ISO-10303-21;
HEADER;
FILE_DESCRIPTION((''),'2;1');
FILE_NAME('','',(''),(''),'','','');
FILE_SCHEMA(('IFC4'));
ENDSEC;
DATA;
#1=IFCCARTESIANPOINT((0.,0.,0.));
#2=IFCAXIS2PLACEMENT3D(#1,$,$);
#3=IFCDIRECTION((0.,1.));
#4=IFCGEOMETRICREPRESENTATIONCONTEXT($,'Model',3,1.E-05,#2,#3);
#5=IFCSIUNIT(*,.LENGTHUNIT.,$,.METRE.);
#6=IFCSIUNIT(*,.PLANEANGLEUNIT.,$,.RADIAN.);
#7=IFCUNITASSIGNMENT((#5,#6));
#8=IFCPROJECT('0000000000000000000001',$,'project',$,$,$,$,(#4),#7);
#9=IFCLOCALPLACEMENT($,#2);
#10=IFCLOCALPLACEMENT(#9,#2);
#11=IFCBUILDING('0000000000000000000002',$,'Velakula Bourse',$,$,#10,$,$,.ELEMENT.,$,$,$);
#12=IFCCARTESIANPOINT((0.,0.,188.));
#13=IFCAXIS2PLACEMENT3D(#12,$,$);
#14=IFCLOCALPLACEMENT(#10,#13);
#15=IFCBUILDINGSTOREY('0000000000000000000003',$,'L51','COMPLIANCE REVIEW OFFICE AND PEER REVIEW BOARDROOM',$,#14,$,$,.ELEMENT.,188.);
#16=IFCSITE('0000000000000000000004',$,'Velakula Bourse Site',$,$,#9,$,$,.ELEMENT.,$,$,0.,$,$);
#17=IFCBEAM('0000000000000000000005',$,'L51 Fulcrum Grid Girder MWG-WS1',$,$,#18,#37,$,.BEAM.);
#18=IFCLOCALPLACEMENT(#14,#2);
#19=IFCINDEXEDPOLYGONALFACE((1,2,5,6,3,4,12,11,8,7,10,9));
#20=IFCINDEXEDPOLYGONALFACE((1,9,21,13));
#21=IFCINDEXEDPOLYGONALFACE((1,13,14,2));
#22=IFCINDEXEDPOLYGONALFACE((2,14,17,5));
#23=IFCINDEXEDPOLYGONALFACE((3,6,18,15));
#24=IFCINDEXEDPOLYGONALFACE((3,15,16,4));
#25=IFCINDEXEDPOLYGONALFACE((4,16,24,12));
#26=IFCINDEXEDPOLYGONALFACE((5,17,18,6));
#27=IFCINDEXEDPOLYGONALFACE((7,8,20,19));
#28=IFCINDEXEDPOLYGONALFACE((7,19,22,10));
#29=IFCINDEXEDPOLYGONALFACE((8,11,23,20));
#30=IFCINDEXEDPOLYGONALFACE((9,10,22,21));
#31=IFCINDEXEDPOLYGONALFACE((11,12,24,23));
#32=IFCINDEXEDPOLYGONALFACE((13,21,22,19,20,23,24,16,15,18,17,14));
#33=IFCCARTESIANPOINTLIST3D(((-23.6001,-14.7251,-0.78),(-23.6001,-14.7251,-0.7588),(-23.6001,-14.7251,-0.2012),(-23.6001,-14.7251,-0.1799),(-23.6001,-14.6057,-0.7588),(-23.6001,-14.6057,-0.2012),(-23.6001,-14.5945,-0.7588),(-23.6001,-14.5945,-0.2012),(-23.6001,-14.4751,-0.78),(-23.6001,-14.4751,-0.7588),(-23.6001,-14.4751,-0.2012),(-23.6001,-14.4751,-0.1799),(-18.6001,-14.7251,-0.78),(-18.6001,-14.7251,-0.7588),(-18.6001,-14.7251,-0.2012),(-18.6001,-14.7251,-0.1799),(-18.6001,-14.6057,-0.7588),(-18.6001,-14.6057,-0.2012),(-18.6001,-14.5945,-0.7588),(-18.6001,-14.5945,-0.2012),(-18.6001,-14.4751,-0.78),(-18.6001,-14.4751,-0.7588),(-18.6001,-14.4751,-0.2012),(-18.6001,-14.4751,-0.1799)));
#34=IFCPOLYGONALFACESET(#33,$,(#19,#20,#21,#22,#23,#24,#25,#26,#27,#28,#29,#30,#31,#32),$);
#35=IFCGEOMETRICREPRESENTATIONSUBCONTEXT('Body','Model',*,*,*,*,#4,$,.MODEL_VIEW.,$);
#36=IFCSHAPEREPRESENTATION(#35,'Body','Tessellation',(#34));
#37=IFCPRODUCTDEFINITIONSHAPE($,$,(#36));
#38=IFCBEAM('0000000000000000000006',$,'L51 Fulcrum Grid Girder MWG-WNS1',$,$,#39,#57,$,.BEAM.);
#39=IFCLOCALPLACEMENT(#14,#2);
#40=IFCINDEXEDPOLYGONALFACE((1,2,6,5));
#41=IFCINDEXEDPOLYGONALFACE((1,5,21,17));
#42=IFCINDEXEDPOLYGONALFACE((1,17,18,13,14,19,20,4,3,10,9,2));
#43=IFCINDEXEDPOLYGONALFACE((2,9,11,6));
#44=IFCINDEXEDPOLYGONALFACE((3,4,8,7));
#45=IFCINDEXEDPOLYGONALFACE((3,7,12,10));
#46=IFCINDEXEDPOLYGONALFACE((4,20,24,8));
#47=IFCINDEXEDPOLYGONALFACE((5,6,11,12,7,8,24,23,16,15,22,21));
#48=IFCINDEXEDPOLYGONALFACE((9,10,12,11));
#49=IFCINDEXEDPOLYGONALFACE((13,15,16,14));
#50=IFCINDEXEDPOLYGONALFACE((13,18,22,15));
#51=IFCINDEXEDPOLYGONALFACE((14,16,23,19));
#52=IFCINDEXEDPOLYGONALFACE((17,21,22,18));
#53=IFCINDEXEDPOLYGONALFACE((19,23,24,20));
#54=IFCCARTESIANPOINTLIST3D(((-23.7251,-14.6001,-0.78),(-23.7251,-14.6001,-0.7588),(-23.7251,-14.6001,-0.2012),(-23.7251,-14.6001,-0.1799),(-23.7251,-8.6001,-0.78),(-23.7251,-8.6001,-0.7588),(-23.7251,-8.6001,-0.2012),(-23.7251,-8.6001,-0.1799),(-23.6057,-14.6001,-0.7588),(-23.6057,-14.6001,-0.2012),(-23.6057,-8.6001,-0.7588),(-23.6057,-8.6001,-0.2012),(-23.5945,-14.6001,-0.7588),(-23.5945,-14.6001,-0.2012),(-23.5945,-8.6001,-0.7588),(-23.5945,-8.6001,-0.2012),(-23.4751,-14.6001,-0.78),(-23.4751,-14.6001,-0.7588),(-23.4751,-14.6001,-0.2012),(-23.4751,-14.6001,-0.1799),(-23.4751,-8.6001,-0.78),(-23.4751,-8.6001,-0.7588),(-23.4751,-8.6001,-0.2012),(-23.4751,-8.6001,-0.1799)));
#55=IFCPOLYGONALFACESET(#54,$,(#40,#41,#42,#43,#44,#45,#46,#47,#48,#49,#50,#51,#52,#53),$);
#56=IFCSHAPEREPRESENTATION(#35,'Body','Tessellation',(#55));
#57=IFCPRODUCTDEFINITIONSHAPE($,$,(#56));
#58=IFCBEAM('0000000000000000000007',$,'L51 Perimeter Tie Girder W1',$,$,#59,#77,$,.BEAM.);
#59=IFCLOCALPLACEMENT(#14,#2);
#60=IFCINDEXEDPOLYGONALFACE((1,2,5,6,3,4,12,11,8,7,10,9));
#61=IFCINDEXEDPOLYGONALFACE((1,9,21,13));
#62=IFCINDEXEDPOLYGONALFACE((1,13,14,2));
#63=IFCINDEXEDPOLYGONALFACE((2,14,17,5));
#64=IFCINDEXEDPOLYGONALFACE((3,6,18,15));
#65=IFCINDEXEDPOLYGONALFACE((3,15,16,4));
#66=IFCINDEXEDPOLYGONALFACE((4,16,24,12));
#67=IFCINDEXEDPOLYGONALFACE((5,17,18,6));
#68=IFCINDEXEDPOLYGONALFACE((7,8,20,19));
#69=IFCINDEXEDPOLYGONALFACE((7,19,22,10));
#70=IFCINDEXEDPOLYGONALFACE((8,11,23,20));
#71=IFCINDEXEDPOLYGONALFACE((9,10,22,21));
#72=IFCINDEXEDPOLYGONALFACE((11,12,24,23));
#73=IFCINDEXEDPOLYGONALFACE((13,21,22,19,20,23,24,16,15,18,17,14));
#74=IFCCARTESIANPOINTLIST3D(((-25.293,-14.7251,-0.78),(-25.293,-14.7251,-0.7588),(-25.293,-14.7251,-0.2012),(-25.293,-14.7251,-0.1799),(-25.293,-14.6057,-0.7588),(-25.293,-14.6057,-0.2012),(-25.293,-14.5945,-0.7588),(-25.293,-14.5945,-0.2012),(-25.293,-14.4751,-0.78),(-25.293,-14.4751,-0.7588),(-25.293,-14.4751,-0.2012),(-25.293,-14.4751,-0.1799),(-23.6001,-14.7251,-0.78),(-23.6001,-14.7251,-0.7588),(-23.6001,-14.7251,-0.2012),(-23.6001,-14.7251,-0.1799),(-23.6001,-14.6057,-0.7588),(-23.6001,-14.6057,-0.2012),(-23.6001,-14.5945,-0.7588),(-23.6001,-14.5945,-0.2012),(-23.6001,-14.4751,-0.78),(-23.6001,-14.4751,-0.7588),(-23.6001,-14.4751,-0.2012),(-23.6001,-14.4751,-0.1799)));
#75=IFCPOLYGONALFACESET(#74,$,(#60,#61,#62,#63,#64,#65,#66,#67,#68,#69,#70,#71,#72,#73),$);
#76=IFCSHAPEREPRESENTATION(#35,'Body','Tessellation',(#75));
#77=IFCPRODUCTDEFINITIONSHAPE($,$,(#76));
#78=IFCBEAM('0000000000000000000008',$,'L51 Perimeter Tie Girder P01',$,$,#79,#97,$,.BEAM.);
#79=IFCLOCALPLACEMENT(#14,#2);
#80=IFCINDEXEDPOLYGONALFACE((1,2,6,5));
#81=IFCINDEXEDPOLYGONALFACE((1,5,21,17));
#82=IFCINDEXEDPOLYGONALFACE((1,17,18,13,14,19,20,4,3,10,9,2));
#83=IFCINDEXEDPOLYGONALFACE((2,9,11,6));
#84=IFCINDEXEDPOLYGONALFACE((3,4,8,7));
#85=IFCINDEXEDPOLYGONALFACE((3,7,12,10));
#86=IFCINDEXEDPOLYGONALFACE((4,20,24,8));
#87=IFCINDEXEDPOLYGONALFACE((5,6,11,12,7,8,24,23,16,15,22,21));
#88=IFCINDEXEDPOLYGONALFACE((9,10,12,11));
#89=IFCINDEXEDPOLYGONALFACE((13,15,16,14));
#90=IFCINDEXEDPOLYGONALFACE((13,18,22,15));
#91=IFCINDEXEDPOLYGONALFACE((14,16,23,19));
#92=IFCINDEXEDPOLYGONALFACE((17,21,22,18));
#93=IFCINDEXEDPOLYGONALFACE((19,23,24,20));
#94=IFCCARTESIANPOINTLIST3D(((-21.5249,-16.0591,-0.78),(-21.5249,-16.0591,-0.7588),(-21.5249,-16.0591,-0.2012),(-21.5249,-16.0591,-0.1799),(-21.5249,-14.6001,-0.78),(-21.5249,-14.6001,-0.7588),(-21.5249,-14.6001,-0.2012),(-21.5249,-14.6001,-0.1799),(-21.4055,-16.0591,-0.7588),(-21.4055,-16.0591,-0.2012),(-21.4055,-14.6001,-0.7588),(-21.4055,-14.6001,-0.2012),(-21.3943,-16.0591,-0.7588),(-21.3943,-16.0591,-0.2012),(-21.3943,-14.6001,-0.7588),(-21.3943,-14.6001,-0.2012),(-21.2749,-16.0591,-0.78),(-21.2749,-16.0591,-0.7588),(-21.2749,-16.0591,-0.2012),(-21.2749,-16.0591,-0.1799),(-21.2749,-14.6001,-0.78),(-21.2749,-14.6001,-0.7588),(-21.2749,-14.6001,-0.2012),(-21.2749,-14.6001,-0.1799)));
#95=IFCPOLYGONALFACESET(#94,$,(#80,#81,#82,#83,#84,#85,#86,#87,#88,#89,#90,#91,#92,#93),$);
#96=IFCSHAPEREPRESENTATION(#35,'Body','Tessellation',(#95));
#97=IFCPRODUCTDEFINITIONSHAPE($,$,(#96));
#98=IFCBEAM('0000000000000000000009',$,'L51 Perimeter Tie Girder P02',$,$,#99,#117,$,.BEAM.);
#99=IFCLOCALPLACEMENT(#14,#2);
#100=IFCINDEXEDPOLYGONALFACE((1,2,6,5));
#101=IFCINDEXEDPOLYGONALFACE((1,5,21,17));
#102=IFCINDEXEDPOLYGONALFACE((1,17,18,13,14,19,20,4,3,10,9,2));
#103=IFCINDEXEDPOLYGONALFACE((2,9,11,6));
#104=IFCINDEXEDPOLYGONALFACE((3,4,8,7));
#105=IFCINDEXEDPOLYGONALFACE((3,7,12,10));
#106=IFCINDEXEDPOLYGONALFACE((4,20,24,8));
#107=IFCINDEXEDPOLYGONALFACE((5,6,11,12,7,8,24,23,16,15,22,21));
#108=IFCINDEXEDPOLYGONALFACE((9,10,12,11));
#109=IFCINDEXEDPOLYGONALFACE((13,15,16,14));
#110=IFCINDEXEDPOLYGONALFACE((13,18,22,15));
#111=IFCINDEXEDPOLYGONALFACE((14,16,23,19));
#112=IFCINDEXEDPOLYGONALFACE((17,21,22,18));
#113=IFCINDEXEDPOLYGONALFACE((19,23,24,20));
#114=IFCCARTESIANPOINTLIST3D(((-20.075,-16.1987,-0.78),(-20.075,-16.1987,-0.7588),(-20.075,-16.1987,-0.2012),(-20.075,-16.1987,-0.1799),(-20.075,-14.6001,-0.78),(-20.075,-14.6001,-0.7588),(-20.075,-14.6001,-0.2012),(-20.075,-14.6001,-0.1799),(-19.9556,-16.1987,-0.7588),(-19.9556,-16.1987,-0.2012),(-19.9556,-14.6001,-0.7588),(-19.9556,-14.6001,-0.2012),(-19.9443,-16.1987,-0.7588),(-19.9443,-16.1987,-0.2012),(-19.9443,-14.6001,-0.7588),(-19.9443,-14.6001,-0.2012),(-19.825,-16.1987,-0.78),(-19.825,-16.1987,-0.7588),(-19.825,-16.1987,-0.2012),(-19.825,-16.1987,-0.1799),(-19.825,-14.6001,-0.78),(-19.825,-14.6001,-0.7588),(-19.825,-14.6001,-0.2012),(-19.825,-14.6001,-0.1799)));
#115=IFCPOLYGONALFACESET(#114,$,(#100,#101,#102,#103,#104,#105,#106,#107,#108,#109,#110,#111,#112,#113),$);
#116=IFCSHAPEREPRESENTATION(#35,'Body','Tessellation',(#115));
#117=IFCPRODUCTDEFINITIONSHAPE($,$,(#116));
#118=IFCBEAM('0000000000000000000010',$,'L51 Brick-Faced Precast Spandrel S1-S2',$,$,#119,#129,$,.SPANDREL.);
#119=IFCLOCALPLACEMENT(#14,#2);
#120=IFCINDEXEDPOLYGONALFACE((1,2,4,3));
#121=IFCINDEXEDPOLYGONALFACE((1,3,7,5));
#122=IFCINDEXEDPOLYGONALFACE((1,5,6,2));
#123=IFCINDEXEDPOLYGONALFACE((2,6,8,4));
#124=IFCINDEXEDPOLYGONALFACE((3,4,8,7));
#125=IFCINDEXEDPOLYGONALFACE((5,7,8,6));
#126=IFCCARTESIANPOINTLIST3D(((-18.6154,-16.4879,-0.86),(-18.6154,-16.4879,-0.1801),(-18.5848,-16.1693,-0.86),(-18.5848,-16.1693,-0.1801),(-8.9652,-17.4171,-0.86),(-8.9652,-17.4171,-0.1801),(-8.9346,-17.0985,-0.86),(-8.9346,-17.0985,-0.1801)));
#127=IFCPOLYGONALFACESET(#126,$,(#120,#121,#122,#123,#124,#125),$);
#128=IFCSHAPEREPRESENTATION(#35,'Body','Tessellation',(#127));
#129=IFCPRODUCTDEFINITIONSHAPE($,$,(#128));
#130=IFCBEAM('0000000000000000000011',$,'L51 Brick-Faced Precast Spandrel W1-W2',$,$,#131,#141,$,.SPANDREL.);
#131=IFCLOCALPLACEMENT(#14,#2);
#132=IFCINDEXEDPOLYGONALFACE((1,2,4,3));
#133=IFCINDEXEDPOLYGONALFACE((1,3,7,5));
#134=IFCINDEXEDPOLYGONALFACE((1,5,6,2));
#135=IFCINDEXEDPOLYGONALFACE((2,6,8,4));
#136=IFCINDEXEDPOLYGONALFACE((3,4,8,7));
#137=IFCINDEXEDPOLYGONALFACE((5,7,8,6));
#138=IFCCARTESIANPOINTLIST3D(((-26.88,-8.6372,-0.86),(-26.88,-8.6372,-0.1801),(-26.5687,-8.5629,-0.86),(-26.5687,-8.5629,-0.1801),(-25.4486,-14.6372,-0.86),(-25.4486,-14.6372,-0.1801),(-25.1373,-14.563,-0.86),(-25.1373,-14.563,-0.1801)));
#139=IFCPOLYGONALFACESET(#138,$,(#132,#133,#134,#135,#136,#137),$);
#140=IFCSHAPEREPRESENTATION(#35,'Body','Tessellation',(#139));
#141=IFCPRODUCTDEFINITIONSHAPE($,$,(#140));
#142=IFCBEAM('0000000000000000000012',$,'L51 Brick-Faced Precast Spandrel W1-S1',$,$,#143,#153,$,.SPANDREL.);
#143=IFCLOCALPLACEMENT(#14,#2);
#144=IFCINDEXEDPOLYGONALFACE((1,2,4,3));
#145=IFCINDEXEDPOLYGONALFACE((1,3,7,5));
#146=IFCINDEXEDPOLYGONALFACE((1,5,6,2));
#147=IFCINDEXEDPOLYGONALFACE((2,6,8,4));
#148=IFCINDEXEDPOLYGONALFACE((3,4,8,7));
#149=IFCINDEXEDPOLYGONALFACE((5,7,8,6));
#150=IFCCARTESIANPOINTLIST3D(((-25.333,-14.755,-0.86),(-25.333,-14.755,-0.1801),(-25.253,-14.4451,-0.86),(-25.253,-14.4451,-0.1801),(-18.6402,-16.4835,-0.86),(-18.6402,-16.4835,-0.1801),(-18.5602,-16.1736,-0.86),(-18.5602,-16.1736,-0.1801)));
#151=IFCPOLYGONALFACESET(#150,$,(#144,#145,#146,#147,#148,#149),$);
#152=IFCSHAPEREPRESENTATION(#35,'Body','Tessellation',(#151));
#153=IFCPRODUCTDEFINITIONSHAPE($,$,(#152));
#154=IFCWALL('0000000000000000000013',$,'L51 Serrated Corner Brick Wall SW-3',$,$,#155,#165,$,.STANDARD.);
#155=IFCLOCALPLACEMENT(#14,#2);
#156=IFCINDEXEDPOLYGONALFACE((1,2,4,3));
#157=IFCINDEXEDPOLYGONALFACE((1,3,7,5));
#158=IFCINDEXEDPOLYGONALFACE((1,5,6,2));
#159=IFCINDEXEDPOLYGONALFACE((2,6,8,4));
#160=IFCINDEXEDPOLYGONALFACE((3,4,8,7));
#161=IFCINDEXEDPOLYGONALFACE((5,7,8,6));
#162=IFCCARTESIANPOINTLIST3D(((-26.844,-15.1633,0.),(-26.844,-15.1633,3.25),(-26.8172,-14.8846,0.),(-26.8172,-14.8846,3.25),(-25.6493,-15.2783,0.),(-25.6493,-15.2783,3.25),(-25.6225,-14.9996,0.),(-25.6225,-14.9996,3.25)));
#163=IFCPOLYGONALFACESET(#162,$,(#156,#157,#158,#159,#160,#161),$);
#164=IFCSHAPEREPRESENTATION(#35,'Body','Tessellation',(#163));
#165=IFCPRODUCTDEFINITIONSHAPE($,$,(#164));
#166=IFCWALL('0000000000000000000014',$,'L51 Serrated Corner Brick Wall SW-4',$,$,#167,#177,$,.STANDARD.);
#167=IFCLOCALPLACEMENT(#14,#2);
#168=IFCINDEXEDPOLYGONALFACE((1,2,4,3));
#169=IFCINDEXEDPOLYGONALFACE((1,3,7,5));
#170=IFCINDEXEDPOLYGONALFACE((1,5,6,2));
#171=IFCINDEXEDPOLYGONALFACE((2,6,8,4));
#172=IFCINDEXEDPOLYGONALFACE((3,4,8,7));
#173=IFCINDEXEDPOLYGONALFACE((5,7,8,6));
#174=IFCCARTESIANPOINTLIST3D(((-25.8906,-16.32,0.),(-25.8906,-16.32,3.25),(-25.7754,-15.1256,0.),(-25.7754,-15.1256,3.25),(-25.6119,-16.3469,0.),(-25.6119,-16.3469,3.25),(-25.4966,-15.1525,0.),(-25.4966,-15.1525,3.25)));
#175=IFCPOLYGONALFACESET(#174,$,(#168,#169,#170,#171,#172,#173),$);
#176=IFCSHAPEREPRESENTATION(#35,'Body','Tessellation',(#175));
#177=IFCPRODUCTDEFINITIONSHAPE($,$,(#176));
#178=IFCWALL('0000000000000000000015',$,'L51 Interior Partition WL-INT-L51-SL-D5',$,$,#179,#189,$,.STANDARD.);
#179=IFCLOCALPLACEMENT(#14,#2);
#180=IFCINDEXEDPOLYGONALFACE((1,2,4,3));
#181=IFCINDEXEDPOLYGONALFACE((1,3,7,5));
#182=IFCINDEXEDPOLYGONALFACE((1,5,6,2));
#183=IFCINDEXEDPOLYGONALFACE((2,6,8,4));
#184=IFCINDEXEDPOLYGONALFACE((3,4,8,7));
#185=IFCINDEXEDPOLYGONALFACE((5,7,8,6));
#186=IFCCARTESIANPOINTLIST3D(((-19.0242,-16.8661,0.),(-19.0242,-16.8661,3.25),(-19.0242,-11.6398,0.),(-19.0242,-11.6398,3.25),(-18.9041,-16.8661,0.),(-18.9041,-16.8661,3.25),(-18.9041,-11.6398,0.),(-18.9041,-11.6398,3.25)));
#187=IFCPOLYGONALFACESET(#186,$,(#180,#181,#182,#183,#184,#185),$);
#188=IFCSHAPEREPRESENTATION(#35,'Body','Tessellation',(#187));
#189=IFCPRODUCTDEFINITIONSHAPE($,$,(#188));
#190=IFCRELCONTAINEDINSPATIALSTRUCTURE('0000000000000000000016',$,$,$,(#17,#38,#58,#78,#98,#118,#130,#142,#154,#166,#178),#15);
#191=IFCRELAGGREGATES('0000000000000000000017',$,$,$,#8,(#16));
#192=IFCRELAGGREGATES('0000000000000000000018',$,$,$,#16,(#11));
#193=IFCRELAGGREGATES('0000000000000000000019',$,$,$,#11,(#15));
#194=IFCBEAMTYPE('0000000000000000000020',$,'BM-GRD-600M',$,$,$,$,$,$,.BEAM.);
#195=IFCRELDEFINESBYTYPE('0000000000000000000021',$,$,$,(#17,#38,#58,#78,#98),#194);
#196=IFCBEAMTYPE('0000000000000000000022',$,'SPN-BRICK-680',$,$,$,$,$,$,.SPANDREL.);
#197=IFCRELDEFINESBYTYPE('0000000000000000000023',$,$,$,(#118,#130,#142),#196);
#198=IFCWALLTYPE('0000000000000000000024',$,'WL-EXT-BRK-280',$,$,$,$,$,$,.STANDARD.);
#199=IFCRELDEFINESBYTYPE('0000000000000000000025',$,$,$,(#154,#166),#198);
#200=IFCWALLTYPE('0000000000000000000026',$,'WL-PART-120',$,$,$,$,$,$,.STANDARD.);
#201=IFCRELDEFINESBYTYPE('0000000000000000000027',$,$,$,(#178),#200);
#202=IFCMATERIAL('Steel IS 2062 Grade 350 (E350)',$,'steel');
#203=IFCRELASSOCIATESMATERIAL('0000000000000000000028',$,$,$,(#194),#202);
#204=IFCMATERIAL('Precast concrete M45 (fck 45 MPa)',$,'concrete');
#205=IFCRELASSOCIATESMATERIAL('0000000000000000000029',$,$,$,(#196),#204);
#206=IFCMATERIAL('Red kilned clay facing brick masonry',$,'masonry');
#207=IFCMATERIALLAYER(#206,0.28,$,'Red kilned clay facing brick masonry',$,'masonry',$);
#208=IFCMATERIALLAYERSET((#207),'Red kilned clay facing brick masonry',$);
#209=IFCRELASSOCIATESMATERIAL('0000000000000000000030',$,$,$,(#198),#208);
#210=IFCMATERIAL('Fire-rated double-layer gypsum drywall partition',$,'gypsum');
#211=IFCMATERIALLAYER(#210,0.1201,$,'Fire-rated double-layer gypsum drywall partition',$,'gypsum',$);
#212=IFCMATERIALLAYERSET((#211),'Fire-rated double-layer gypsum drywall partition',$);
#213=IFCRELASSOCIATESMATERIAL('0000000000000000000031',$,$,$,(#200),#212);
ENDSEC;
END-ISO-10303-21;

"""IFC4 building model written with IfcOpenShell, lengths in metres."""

from ifc_helpers import new_model, si_unit, direction, frame, frame_2d, origin, origin_2d, place, context, subcontext, project, spatial, rectangle, i_section, extrude, material, layer, layer_set, material_profile, profile_set, type_object, element, save


model = new_model("IFC4")

# Units and contexts
model_context = context("Model", 3, precision=1e-05, world=origin(), true_north=direction((0.0, 1.0)))
body_context = subcontext(model_context, "Body", "Model", "MODEL_VIEW")
ifc_project = project(units=[si_unit("LENGTHUNIT", "METRE"), si_unit("PLANEANGLEUNIT", "RADIAN")], contexts=[model_context])

# Site, building, storey
site_placement = place(None, origin())
site = spatial("IfcSite", under=ifc_project, at=site_placement, Name="Velakula Bourse Site", CompositionType="ELEMENT", RefElevation=0.0)
building_placement = place(site_placement, origin())
building = spatial("IfcBuilding", under=site, at=building_placement, Name="Velakula Bourse", CompositionType="ELEMENT")
storey_placement = place(building_placement, frame((0.0, 0.0, 188.0)))
storey = spatial("IfcBuildingStorey", under=building, at=storey_placement, Name="L51", Description="COMPLIANCE REVIEW OFFICE AND PEER REVIEW BOARDROOM", CompositionType="ELEMENT", Elevation=188.0)

# Shared definitions
ifc_material_1 = material(Name="Steel IS 2062 Grade 350 (E350)", Category="steel")
ifc_material_2 = material(Name="Precast concrete M45 (fck 45 MPa)", Category="concrete")

# Beams
ifc_material_profile_1 = material_profile(ifc_material_1, i_section(OverallWidth=0.25, OverallDepth=0.6001, WebThickness=0.0112, FlangeThickness=0.0212, at=origin_2d()), Name="Steel IS 2062 Grade 350 (E350)")
ifc_profile_set_1 = profile_set([ifc_material_profile_1], Name="Steel IS 2062 Grade 350 (E350)")
beam_type_1 = type_object("IfcBeamType", Name="BM-GRD-600M", PredefinedType="BEAM", material=ifc_profile_set_1)
beam_1_placement = place(storey_placement, frame((-23.6001, -14.6001, -0.48), z_axis=(1.0, 0.0, 0.0), x_axis=(0.0, 1.0, 0.0)))
element("IfcBeam", 1, at=beam_1_placement, inside=storey, type_object=beam_type_1, Name="L51 Fulcrum Grid Girder MWG-WS1", PredefinedType="BEAM", context=body_context, shape_type="SweptSolid", body=[
    extrude(i_section(OverallWidth=0.25, OverallDepth=0.6001, WebThickness=0.0112, FlangeThickness=0.0212, at=origin_2d()), origin(), (0.0, 0.0, 1.0), 5.0),
])
beam_2_placement = place(storey_placement, frame((-23.6001, -14.6001, -0.48), z_axis=(0.0, 1.0, 0.0), x_axis=(-1.0, 0.0, 0.0)))
element("IfcBeam", 2, at=beam_2_placement, inside=storey, type_object=beam_type_1, Name="L51 Fulcrum Grid Girder MWG-WNS1", PredefinedType="BEAM", context=body_context, shape_type="SweptSolid", body=[
    extrude(i_section(OverallWidth=0.25, OverallDepth=0.6001, WebThickness=0.0112, FlangeThickness=0.0212, at=origin_2d()), origin(), (0.0, 0.0, 1.0), 6.0),
])
beam_3_placement = place(storey_placement, frame((-23.6001, -14.6001, -0.48), z_axis=(-1.0, 0.0, 0.0), x_axis=(0.0, -1.0, 0.0)))
element("IfcBeam", 3, at=beam_3_placement, inside=storey, type_object=beam_type_1, Name="L51 Perimeter Tie Girder W1", PredefinedType="BEAM", context=body_context, shape_type="SweptSolid", body=[
    extrude(i_section(OverallWidth=0.25, OverallDepth=0.6001, WebThickness=0.0112, FlangeThickness=0.0212, at=origin_2d()), origin(), (0.0, 0.0, 1.0), 1.6929),
])
beam_4_placement = place(storey_placement, frame((-21.3999, -14.6001, -0.48), z_axis=(0.0, -1.0, 0.0), x_axis=(1.0, 0.0, 0.0)))
element("IfcBeam", 4, at=beam_4_placement, inside=storey, type_object=beam_type_1, Name="L51 Perimeter Tie Girder P01", PredefinedType="BEAM", context=body_context, shape_type="SweptSolid", body=[
    extrude(i_section(OverallWidth=0.25, OverallDepth=0.6001, WebThickness=0.0112, FlangeThickness=0.0212, at=origin_2d()), origin(), (0.0, 0.0, 1.0), 1.459),
])
beam_5_placement = place(storey_placement, frame((-19.95, -14.6001, -0.48), z_axis=(0.0, -1.0, 0.0), x_axis=(1.0, 0.0, 0.0)))
element("IfcBeam", 5, at=beam_5_placement, inside=storey, type_object=beam_type_1, Name="L51 Perimeter Tie Girder P02", PredefinedType="BEAM", context=body_context, shape_type="SweptSolid", body=[
    extrude(i_section(OverallWidth=0.25, OverallDepth=0.6001, WebThickness=0.0112, FlangeThickness=0.0212, at=origin_2d()), origin(), (0.0, 0.0, 1.0), 1.5986),
])
ifc_material_profile_2 = material_profile(ifc_material_2, rectangle(XDim=0.3201, YDim=0.6799, at=origin_2d()), Name="Precast concrete M45 (fck 45 MPa)")
ifc_profile_set_2 = profile_set([ifc_material_profile_2], Name="Precast concrete M45 (fck 45 MPa)")
beam_type_2 = type_object("IfcBeamType", Name="SPN-BRICK-680", PredefinedType="SPANDREL", material=ifc_profile_set_2)
beam_6_placement = place(storey_placement, frame((-18.6001, -16.3286, -0.52), z_axis=(0.995396, -0.095845, 0.0), x_axis=(0.095845, 0.995396, 0.0)))
element("IfcBeam", 6, at=beam_6_placement, inside=storey, type_object=beam_type_2, Name="L51 Brick-Faced Precast Spandrel S1-S2", PredefinedType="SPANDREL", context=body_context, shape_type="SweptSolid", body=[
    extrude(rectangle(XDim=0.3201, YDim=0.6799, at=origin_2d()), origin(), (0.0, 0.0, 1.0), 9.6948),
])
beam_7_placement = place(storey_placement, frame((-25.293, -14.6001, -0.52), z_axis=(-0.232054, 0.972703, 0.0), x_axis=(-0.972703, -0.232054, 0.0)))
element("IfcBeam", 7, at=beam_7_placement, inside=storey, type_object=beam_type_2, Name="L51 Brick-Faced Precast Spandrel W1-W2", PredefinedType="SPANDREL", context=body_context, shape_type="SweptSolid", body=[
    extrude(rectangle(XDim=0.3201, YDim=0.6799, at=origin_2d()), origin(), (0.0, 0.0, 1.0), 6.1685),
])
beam_8_placement = place(storey_placement, frame((-25.293, -14.6001, -0.52), z_axis=(0.968231, -0.250057, 0.0), x_axis=(0.250057, 0.968231, 0.0)))
element("IfcBeam", 8, at=beam_8_placement, inside=storey, type_object=beam_type_2, Name="L51 Brick-Faced Precast Spandrel W1-S1", PredefinedType="SPANDREL", context=body_context, shape_type="SweptSolid", body=[
    extrude(rectangle(XDim=0.3201, YDim=0.6799, at=origin_2d()), origin(), (0.0, 0.0, 1.0), 6.9124),
])

# Walls
ifc_material_3 = material(Name="Red kilned clay facing brick masonry", Category="masonry")
ifc_layer_1 = layer(ifc_material_3, 0.28, Name="Red kilned clay facing brick masonry", Category="masonry")
ifc_layer_set_1 = layer_set([ifc_layer_1], Name="Red kilned clay facing brick masonry")
wall_type_1 = type_object("IfcWallType", Name="WL-EXT-BRK-280", PredefinedType="STANDARD", material=ifc_layer_set_1)
wall_1_placement = place(storey_placement, frame((-26.8306, -15.0239, 0.0), z_axis=(0.0, 0.0, 1.0), x_axis=(0.995399, -0.095817, 0.0)))
element("IfcWall", 9, at=wall_1_placement, inside=storey, type_object=wall_type_1, Name="L51 Serrated Corner Brick Wall SW-3", PredefinedType="STANDARD", context=body_context, shape_type="SweptSolid", body=[
    extrude(rectangle(XDim=1.2002, YDim=0.28, at=frame_2d((0.6001, 0.0))), origin(), (0.0, 0.0, 1.0), 3.25),
])
wall_2_placement = place(storey_placement, frame((-25.636, -15.1389, 0.0), z_axis=(0.0, 0.0, 1.0), x_axis=(-0.096038, -0.995378, 0.0)))
element("IfcWall", 10, at=wall_2_placement, inside=storey, type_object=wall_type_1, Name="L51 Serrated Corner Brick Wall SW-4", PredefinedType="STANDARD", context=body_context, shape_type="SweptSolid", body=[
    extrude(rectangle(XDim=1.2, YDim=0.28, at=frame_2d((0.6001, 0.0))), origin(), (0.0, 0.0, 1.0), 3.25),
])
ifc_material_4 = material(Name="Fire-rated double-layer gypsum drywall partition", Category="gypsum")
ifc_layer_2 = layer(ifc_material_4, 0.1201, Name="Fire-rated double-layer gypsum drywall partition", Category="gypsum")
ifc_layer_set_2 = layer_set([ifc_layer_2], Name="Fire-rated double-layer gypsum drywall partition")
wall_type_2 = type_object("IfcWallType", Name="WL-PART-120", PredefinedType="STANDARD", material=ifc_layer_set_2)
wall_3_placement = place(storey_placement, frame((-18.9641, -16.8662, 0.0), z_axis=(0.0, 0.0, 1.0), x_axis=(0.0, 1.0, 0.0)))
element("IfcWall", 11, at=wall_3_placement, inside=storey, type_object=wall_type_2, Name="L51 Interior Partition WL-INT-L51-SL-D5", PredefinedType="STANDARD", context=body_context, shape_type="SweptSolid", body=[
    extrude(rectangle(XDim=5.2263, YDim=0.1201, at=frame_2d((2.6133, 0.0))), origin(), (0.0, 0.0, 1.0), 3.25),
])

save(model, "model.ifc")
